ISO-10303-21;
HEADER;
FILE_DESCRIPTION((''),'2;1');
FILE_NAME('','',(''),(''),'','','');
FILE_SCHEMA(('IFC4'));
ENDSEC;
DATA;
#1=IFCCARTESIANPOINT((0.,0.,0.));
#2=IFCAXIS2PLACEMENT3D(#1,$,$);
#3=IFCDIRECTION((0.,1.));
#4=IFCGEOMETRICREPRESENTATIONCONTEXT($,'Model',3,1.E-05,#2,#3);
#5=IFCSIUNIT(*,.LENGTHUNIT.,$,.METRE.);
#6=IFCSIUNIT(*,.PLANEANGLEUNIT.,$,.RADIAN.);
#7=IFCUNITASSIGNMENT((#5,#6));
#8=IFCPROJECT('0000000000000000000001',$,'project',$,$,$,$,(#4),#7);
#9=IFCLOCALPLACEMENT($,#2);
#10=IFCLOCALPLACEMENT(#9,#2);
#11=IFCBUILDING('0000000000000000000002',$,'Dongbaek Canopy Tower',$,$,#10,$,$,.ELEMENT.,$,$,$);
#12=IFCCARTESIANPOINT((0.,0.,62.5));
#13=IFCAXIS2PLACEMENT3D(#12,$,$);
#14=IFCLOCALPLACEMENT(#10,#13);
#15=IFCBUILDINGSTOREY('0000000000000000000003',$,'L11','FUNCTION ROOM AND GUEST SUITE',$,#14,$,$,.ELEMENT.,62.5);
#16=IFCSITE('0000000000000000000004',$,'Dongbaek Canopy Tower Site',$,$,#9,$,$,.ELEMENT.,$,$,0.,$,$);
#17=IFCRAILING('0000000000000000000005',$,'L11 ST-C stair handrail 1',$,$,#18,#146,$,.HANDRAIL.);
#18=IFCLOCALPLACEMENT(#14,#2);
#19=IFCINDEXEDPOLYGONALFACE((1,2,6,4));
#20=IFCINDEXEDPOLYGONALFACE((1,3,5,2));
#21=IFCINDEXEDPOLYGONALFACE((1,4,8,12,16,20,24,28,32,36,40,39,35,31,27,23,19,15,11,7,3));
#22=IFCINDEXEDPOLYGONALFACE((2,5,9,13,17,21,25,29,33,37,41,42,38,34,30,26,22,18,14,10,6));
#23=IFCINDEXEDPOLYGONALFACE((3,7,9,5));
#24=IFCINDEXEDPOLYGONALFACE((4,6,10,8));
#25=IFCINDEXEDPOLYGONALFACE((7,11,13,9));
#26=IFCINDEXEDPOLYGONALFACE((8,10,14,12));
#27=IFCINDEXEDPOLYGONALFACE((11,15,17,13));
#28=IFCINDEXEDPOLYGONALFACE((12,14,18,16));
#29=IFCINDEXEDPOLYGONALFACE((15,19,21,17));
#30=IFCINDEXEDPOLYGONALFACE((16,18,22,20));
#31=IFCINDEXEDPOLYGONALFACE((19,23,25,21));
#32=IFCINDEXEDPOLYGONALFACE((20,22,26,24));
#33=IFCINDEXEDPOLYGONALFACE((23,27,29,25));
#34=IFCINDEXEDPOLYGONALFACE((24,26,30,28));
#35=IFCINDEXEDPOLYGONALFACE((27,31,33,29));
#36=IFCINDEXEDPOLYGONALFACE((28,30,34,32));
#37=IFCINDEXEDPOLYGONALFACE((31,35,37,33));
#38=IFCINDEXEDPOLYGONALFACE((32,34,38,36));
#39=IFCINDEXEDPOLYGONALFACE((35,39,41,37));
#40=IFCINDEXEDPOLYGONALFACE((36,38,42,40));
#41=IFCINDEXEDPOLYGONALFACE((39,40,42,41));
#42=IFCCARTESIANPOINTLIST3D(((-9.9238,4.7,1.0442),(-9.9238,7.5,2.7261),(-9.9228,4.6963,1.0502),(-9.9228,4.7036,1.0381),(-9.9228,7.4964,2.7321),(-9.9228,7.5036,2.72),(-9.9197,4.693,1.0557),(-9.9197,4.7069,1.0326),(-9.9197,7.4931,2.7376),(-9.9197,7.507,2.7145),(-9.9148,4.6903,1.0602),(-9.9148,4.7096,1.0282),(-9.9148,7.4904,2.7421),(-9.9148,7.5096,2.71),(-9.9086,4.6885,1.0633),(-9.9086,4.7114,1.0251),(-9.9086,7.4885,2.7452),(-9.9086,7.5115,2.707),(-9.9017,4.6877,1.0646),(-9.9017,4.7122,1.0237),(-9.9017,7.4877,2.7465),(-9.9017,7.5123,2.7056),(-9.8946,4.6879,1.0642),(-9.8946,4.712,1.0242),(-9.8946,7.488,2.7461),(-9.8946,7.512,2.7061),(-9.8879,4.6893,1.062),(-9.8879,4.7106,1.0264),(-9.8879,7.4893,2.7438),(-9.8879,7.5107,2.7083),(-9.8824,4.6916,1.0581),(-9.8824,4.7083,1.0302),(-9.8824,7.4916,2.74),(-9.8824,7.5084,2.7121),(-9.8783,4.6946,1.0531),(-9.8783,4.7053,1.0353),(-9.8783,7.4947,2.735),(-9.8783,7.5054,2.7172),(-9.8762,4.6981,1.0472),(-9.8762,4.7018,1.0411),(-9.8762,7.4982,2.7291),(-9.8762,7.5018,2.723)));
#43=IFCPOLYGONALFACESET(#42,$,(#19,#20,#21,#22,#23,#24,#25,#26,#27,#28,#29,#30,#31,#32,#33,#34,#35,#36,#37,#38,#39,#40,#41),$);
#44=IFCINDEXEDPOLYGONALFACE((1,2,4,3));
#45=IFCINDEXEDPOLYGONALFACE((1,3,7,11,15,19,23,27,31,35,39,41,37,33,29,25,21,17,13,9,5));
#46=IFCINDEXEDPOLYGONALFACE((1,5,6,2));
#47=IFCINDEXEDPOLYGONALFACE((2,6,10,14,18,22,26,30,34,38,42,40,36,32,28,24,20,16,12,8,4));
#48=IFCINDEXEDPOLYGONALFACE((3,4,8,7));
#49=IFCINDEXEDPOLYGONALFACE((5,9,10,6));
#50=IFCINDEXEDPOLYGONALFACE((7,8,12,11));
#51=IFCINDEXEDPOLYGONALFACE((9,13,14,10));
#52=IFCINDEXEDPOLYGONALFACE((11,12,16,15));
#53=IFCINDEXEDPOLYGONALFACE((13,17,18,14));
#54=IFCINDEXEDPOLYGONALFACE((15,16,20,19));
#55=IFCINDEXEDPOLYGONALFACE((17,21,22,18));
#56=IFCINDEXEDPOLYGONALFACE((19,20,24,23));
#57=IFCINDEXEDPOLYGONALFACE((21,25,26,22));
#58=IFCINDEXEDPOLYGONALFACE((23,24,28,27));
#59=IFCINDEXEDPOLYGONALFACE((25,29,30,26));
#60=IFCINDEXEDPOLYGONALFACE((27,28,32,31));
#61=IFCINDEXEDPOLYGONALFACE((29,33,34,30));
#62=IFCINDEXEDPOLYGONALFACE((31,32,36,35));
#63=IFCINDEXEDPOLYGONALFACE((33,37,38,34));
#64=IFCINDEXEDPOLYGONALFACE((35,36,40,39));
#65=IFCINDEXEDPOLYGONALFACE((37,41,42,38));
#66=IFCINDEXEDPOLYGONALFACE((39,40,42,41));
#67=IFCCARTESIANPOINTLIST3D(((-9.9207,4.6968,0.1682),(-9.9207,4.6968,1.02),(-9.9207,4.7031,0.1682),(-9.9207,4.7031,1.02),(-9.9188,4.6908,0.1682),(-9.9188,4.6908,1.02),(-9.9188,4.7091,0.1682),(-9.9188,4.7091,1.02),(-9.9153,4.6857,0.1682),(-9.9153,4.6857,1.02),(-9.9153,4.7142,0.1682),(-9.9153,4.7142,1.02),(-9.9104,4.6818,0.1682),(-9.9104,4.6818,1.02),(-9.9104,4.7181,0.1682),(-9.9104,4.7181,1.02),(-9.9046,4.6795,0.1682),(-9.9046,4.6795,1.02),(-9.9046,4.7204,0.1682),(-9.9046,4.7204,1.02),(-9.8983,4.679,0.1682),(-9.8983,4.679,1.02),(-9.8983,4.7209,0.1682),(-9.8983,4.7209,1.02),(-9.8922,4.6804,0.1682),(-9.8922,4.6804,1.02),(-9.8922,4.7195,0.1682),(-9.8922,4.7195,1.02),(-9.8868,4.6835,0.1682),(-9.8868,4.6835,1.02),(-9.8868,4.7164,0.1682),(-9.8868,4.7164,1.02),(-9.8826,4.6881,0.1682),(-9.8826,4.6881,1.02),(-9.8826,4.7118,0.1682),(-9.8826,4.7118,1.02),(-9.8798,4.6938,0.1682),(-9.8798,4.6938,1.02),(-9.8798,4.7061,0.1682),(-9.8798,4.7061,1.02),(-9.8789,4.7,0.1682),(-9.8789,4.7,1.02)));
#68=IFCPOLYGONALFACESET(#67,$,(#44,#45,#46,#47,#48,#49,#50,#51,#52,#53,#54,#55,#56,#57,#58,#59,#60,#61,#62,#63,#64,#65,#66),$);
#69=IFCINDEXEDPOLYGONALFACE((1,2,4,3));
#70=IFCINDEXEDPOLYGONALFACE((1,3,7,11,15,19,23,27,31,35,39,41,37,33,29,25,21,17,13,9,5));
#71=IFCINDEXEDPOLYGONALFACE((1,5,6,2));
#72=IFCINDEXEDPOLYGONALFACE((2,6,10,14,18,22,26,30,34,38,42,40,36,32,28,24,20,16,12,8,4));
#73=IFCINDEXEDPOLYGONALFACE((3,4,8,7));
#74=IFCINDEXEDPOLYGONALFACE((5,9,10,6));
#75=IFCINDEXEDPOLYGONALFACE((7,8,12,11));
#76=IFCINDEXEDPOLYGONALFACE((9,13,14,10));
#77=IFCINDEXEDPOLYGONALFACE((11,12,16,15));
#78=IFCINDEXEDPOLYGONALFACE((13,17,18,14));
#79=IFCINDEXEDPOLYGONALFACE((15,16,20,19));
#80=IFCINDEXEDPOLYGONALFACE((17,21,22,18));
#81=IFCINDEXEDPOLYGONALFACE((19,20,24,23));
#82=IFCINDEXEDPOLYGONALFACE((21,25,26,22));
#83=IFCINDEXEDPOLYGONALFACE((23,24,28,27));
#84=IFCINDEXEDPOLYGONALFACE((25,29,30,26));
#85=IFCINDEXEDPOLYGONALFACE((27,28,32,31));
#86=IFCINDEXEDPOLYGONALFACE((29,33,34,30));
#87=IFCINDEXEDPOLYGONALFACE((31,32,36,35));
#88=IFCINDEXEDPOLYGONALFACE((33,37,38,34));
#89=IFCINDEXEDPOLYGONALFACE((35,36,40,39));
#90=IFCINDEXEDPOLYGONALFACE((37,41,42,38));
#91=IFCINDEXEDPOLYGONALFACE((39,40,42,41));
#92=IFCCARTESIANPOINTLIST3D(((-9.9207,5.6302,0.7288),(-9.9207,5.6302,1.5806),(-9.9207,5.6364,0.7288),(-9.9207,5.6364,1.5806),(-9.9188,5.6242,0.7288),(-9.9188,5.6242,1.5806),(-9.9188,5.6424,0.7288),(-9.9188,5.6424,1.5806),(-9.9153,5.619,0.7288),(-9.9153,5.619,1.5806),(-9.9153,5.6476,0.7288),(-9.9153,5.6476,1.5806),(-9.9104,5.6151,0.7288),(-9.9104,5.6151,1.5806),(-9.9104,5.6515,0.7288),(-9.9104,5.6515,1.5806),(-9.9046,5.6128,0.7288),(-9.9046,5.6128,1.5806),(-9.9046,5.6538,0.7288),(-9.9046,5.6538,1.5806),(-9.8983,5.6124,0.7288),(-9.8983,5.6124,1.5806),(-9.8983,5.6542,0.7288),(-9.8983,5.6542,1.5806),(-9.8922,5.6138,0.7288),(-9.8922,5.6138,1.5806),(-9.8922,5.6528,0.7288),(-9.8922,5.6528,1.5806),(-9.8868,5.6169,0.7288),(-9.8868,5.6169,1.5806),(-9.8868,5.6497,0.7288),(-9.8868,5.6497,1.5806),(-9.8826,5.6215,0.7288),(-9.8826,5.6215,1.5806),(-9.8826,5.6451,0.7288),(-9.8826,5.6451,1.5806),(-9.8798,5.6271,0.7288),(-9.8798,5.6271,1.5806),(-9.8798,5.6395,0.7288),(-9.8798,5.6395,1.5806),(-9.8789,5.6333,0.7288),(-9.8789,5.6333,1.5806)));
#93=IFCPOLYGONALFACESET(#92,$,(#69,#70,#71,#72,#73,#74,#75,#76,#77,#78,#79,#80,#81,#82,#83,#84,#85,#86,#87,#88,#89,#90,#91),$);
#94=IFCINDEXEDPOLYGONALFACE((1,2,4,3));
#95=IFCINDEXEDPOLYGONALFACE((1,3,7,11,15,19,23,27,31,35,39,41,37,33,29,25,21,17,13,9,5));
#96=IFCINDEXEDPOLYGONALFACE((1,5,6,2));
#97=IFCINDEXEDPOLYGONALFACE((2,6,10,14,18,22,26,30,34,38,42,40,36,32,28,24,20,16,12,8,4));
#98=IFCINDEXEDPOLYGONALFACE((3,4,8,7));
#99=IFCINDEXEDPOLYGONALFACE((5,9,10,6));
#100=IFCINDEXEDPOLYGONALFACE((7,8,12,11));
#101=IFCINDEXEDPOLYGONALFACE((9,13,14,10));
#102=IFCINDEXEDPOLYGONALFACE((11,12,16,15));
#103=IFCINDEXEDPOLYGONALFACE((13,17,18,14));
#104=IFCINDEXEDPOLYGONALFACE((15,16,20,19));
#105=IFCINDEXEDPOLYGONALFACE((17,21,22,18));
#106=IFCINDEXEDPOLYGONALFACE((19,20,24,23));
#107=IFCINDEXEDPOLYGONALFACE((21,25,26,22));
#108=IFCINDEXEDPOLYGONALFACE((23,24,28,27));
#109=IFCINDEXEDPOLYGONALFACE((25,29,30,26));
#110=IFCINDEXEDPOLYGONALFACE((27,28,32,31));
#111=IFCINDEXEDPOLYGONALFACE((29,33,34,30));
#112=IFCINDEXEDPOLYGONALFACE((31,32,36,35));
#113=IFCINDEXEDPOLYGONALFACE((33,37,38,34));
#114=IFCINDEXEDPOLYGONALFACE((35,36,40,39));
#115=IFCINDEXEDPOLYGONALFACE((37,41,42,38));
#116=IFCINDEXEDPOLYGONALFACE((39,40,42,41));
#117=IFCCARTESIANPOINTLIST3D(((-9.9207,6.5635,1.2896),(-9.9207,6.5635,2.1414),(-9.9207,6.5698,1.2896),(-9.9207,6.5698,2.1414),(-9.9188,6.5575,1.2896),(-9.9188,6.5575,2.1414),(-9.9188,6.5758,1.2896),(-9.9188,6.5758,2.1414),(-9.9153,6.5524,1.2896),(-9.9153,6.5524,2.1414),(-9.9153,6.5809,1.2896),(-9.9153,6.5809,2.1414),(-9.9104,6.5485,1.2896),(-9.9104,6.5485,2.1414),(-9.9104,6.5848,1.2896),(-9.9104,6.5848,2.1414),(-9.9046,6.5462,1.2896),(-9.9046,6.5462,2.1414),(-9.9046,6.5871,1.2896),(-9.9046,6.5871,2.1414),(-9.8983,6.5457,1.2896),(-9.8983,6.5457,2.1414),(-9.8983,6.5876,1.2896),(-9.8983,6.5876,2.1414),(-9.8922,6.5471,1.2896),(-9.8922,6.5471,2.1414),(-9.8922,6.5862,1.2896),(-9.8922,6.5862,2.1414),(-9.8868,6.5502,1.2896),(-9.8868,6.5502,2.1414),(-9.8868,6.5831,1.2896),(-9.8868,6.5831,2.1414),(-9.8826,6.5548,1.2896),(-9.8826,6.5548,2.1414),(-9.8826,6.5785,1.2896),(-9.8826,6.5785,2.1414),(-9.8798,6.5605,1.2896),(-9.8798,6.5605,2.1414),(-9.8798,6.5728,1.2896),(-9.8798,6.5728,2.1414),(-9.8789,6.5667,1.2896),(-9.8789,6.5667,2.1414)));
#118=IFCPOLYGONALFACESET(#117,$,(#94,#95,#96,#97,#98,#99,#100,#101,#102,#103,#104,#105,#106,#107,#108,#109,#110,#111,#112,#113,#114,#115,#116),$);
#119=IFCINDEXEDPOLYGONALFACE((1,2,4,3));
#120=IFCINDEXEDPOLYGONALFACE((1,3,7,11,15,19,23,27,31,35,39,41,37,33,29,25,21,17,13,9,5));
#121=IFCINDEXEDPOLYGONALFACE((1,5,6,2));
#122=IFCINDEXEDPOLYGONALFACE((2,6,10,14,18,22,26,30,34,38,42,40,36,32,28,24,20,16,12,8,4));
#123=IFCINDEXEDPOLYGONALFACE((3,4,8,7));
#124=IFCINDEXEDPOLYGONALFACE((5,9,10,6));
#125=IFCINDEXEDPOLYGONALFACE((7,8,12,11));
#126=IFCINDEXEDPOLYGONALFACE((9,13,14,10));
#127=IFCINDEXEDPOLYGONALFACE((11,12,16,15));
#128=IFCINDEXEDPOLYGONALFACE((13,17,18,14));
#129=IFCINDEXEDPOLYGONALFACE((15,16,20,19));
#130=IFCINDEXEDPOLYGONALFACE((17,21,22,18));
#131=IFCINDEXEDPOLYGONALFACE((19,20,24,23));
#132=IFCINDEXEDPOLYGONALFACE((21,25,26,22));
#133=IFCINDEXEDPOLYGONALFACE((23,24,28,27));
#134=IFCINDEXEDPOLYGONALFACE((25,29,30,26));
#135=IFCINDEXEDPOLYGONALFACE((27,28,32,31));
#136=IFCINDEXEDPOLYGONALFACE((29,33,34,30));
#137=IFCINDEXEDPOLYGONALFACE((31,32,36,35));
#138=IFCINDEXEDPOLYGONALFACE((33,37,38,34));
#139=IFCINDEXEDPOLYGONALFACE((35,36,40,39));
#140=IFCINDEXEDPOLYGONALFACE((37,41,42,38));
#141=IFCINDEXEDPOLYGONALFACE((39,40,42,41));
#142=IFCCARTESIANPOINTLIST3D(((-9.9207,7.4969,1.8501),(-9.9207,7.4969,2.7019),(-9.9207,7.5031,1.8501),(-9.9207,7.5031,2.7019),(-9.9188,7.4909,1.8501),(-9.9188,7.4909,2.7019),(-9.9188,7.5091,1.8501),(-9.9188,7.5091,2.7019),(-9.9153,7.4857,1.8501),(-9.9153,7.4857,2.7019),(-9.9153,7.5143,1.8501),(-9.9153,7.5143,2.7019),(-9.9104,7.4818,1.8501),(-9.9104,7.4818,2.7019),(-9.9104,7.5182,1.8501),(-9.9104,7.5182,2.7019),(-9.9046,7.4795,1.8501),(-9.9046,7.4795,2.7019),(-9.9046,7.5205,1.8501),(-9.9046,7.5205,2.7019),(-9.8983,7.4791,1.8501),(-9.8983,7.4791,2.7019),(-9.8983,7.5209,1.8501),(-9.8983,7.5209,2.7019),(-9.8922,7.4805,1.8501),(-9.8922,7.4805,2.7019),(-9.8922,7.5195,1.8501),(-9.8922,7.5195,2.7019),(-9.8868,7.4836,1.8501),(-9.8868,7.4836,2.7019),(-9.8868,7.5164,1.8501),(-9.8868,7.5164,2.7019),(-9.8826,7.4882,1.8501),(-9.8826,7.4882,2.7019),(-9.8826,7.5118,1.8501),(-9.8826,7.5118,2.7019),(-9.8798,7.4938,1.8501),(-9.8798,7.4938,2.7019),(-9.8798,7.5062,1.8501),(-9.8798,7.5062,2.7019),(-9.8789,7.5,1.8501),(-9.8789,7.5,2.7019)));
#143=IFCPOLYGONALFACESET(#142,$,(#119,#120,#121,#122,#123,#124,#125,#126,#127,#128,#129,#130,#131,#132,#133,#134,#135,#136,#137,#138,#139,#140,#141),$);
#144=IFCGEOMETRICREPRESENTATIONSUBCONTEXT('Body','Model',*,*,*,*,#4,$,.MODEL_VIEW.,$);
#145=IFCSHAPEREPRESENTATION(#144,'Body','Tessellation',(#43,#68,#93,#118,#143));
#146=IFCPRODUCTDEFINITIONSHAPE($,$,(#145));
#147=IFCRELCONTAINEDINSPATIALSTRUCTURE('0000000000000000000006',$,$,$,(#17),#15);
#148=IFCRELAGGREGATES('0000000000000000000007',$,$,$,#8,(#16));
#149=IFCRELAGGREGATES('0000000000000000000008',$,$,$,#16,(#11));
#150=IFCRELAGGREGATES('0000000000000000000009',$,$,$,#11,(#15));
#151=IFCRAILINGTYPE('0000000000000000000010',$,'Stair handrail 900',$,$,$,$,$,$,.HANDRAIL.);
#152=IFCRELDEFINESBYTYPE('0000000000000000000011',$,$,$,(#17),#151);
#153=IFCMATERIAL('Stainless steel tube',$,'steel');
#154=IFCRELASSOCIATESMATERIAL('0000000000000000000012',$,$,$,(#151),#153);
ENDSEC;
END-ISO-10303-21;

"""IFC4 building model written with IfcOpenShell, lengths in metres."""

from ifc_helpers import new_model, si_unit, direction, frame, origin, origin_2d, place, context, subcontext, project, spatial, circle, extrude, material, type_object, element, save


model = new_model("IFC4")

# Units and contexts
model_context = context("Model", 3, precision=1e-05, world=origin(), true_north=direction((0.0, 1.0)))
body_context = subcontext(model_context, "Body", "Model", "MODEL_VIEW")
ifc_project = project(units=[si_unit("LENGTHUNIT", "METRE"), si_unit("PLANEANGLEUNIT", "RADIAN")], contexts=[model_context])

# Site, building, storey
site_placement = place(None, origin())
site = spatial("IfcSite", under=ifc_project, at=site_placement, Name="Dongbaek Canopy Tower Site", CompositionType="ELEMENT", RefElevation=0.0)
building_placement = place(site_placement, origin())
building = spatial("IfcBuilding", under=site, at=building_placement, Name="Dongbaek Canopy Tower", CompositionType="ELEMENT")
storey_placement = place(building_placement, frame((0.0, 0.0, 62.5)))
storey = spatial("IfcBuildingStorey", under=building, at=storey_placement, Name="L11", Description="FUNCTION ROOM AND GUEST SUITE", CompositionType="ELEMENT", Elevation=62.5)

# Railing
ifc_material_1 = material(Name="Stainless steel tube", Category="steel")
railing_type_1 = type_object("IfcRailingType", Name="Stair handrail 900", PredefinedType="HANDRAIL", material=ifc_material_1)
railing_1_placement = place(storey_placement, frame((-9.8999, 4.7, 0.1682)))
element("IfcRailing", 1, at=railing_1_placement, inside=storey, type_object=railing_type_1, Name="L11 ST-C stair handrail 1", PredefinedType="HANDRAIL", context=body_context, shape_type="SweptSolid", body=[
    extrude(circle(Radius=0.0239, at=origin_2d()), frame((0.0, 0.0, 0.876), z_axis=(0.0, 0.857242, 0.514913), x_axis=(-1.0, 0.0, 0.0)), (0.0, 0.0, 1.0), 3.2664),
    extrude(circle(Radius=0.021, at=origin_2d()), origin(), (0.0, 0.0, 1.0), 0.8518),
    extrude(circle(Radius=0.021, at=origin_2d()), frame((0.0, 0.9333, 0.5605)), (0.0, 0.0, 1.0), 0.8518),
    extrude(circle(Radius=0.021, at=origin_2d()), frame((0.0, 1.8667, 1.1213)), (0.0, 0.0, 1.0), 0.8518),
    extrude(circle(Radius=0.021, at=origin_2d()), frame((0.0, 2.8, 1.6819)), (0.0, 0.0, 1.0), 0.8518),
])

save(model, "model.ifc")
